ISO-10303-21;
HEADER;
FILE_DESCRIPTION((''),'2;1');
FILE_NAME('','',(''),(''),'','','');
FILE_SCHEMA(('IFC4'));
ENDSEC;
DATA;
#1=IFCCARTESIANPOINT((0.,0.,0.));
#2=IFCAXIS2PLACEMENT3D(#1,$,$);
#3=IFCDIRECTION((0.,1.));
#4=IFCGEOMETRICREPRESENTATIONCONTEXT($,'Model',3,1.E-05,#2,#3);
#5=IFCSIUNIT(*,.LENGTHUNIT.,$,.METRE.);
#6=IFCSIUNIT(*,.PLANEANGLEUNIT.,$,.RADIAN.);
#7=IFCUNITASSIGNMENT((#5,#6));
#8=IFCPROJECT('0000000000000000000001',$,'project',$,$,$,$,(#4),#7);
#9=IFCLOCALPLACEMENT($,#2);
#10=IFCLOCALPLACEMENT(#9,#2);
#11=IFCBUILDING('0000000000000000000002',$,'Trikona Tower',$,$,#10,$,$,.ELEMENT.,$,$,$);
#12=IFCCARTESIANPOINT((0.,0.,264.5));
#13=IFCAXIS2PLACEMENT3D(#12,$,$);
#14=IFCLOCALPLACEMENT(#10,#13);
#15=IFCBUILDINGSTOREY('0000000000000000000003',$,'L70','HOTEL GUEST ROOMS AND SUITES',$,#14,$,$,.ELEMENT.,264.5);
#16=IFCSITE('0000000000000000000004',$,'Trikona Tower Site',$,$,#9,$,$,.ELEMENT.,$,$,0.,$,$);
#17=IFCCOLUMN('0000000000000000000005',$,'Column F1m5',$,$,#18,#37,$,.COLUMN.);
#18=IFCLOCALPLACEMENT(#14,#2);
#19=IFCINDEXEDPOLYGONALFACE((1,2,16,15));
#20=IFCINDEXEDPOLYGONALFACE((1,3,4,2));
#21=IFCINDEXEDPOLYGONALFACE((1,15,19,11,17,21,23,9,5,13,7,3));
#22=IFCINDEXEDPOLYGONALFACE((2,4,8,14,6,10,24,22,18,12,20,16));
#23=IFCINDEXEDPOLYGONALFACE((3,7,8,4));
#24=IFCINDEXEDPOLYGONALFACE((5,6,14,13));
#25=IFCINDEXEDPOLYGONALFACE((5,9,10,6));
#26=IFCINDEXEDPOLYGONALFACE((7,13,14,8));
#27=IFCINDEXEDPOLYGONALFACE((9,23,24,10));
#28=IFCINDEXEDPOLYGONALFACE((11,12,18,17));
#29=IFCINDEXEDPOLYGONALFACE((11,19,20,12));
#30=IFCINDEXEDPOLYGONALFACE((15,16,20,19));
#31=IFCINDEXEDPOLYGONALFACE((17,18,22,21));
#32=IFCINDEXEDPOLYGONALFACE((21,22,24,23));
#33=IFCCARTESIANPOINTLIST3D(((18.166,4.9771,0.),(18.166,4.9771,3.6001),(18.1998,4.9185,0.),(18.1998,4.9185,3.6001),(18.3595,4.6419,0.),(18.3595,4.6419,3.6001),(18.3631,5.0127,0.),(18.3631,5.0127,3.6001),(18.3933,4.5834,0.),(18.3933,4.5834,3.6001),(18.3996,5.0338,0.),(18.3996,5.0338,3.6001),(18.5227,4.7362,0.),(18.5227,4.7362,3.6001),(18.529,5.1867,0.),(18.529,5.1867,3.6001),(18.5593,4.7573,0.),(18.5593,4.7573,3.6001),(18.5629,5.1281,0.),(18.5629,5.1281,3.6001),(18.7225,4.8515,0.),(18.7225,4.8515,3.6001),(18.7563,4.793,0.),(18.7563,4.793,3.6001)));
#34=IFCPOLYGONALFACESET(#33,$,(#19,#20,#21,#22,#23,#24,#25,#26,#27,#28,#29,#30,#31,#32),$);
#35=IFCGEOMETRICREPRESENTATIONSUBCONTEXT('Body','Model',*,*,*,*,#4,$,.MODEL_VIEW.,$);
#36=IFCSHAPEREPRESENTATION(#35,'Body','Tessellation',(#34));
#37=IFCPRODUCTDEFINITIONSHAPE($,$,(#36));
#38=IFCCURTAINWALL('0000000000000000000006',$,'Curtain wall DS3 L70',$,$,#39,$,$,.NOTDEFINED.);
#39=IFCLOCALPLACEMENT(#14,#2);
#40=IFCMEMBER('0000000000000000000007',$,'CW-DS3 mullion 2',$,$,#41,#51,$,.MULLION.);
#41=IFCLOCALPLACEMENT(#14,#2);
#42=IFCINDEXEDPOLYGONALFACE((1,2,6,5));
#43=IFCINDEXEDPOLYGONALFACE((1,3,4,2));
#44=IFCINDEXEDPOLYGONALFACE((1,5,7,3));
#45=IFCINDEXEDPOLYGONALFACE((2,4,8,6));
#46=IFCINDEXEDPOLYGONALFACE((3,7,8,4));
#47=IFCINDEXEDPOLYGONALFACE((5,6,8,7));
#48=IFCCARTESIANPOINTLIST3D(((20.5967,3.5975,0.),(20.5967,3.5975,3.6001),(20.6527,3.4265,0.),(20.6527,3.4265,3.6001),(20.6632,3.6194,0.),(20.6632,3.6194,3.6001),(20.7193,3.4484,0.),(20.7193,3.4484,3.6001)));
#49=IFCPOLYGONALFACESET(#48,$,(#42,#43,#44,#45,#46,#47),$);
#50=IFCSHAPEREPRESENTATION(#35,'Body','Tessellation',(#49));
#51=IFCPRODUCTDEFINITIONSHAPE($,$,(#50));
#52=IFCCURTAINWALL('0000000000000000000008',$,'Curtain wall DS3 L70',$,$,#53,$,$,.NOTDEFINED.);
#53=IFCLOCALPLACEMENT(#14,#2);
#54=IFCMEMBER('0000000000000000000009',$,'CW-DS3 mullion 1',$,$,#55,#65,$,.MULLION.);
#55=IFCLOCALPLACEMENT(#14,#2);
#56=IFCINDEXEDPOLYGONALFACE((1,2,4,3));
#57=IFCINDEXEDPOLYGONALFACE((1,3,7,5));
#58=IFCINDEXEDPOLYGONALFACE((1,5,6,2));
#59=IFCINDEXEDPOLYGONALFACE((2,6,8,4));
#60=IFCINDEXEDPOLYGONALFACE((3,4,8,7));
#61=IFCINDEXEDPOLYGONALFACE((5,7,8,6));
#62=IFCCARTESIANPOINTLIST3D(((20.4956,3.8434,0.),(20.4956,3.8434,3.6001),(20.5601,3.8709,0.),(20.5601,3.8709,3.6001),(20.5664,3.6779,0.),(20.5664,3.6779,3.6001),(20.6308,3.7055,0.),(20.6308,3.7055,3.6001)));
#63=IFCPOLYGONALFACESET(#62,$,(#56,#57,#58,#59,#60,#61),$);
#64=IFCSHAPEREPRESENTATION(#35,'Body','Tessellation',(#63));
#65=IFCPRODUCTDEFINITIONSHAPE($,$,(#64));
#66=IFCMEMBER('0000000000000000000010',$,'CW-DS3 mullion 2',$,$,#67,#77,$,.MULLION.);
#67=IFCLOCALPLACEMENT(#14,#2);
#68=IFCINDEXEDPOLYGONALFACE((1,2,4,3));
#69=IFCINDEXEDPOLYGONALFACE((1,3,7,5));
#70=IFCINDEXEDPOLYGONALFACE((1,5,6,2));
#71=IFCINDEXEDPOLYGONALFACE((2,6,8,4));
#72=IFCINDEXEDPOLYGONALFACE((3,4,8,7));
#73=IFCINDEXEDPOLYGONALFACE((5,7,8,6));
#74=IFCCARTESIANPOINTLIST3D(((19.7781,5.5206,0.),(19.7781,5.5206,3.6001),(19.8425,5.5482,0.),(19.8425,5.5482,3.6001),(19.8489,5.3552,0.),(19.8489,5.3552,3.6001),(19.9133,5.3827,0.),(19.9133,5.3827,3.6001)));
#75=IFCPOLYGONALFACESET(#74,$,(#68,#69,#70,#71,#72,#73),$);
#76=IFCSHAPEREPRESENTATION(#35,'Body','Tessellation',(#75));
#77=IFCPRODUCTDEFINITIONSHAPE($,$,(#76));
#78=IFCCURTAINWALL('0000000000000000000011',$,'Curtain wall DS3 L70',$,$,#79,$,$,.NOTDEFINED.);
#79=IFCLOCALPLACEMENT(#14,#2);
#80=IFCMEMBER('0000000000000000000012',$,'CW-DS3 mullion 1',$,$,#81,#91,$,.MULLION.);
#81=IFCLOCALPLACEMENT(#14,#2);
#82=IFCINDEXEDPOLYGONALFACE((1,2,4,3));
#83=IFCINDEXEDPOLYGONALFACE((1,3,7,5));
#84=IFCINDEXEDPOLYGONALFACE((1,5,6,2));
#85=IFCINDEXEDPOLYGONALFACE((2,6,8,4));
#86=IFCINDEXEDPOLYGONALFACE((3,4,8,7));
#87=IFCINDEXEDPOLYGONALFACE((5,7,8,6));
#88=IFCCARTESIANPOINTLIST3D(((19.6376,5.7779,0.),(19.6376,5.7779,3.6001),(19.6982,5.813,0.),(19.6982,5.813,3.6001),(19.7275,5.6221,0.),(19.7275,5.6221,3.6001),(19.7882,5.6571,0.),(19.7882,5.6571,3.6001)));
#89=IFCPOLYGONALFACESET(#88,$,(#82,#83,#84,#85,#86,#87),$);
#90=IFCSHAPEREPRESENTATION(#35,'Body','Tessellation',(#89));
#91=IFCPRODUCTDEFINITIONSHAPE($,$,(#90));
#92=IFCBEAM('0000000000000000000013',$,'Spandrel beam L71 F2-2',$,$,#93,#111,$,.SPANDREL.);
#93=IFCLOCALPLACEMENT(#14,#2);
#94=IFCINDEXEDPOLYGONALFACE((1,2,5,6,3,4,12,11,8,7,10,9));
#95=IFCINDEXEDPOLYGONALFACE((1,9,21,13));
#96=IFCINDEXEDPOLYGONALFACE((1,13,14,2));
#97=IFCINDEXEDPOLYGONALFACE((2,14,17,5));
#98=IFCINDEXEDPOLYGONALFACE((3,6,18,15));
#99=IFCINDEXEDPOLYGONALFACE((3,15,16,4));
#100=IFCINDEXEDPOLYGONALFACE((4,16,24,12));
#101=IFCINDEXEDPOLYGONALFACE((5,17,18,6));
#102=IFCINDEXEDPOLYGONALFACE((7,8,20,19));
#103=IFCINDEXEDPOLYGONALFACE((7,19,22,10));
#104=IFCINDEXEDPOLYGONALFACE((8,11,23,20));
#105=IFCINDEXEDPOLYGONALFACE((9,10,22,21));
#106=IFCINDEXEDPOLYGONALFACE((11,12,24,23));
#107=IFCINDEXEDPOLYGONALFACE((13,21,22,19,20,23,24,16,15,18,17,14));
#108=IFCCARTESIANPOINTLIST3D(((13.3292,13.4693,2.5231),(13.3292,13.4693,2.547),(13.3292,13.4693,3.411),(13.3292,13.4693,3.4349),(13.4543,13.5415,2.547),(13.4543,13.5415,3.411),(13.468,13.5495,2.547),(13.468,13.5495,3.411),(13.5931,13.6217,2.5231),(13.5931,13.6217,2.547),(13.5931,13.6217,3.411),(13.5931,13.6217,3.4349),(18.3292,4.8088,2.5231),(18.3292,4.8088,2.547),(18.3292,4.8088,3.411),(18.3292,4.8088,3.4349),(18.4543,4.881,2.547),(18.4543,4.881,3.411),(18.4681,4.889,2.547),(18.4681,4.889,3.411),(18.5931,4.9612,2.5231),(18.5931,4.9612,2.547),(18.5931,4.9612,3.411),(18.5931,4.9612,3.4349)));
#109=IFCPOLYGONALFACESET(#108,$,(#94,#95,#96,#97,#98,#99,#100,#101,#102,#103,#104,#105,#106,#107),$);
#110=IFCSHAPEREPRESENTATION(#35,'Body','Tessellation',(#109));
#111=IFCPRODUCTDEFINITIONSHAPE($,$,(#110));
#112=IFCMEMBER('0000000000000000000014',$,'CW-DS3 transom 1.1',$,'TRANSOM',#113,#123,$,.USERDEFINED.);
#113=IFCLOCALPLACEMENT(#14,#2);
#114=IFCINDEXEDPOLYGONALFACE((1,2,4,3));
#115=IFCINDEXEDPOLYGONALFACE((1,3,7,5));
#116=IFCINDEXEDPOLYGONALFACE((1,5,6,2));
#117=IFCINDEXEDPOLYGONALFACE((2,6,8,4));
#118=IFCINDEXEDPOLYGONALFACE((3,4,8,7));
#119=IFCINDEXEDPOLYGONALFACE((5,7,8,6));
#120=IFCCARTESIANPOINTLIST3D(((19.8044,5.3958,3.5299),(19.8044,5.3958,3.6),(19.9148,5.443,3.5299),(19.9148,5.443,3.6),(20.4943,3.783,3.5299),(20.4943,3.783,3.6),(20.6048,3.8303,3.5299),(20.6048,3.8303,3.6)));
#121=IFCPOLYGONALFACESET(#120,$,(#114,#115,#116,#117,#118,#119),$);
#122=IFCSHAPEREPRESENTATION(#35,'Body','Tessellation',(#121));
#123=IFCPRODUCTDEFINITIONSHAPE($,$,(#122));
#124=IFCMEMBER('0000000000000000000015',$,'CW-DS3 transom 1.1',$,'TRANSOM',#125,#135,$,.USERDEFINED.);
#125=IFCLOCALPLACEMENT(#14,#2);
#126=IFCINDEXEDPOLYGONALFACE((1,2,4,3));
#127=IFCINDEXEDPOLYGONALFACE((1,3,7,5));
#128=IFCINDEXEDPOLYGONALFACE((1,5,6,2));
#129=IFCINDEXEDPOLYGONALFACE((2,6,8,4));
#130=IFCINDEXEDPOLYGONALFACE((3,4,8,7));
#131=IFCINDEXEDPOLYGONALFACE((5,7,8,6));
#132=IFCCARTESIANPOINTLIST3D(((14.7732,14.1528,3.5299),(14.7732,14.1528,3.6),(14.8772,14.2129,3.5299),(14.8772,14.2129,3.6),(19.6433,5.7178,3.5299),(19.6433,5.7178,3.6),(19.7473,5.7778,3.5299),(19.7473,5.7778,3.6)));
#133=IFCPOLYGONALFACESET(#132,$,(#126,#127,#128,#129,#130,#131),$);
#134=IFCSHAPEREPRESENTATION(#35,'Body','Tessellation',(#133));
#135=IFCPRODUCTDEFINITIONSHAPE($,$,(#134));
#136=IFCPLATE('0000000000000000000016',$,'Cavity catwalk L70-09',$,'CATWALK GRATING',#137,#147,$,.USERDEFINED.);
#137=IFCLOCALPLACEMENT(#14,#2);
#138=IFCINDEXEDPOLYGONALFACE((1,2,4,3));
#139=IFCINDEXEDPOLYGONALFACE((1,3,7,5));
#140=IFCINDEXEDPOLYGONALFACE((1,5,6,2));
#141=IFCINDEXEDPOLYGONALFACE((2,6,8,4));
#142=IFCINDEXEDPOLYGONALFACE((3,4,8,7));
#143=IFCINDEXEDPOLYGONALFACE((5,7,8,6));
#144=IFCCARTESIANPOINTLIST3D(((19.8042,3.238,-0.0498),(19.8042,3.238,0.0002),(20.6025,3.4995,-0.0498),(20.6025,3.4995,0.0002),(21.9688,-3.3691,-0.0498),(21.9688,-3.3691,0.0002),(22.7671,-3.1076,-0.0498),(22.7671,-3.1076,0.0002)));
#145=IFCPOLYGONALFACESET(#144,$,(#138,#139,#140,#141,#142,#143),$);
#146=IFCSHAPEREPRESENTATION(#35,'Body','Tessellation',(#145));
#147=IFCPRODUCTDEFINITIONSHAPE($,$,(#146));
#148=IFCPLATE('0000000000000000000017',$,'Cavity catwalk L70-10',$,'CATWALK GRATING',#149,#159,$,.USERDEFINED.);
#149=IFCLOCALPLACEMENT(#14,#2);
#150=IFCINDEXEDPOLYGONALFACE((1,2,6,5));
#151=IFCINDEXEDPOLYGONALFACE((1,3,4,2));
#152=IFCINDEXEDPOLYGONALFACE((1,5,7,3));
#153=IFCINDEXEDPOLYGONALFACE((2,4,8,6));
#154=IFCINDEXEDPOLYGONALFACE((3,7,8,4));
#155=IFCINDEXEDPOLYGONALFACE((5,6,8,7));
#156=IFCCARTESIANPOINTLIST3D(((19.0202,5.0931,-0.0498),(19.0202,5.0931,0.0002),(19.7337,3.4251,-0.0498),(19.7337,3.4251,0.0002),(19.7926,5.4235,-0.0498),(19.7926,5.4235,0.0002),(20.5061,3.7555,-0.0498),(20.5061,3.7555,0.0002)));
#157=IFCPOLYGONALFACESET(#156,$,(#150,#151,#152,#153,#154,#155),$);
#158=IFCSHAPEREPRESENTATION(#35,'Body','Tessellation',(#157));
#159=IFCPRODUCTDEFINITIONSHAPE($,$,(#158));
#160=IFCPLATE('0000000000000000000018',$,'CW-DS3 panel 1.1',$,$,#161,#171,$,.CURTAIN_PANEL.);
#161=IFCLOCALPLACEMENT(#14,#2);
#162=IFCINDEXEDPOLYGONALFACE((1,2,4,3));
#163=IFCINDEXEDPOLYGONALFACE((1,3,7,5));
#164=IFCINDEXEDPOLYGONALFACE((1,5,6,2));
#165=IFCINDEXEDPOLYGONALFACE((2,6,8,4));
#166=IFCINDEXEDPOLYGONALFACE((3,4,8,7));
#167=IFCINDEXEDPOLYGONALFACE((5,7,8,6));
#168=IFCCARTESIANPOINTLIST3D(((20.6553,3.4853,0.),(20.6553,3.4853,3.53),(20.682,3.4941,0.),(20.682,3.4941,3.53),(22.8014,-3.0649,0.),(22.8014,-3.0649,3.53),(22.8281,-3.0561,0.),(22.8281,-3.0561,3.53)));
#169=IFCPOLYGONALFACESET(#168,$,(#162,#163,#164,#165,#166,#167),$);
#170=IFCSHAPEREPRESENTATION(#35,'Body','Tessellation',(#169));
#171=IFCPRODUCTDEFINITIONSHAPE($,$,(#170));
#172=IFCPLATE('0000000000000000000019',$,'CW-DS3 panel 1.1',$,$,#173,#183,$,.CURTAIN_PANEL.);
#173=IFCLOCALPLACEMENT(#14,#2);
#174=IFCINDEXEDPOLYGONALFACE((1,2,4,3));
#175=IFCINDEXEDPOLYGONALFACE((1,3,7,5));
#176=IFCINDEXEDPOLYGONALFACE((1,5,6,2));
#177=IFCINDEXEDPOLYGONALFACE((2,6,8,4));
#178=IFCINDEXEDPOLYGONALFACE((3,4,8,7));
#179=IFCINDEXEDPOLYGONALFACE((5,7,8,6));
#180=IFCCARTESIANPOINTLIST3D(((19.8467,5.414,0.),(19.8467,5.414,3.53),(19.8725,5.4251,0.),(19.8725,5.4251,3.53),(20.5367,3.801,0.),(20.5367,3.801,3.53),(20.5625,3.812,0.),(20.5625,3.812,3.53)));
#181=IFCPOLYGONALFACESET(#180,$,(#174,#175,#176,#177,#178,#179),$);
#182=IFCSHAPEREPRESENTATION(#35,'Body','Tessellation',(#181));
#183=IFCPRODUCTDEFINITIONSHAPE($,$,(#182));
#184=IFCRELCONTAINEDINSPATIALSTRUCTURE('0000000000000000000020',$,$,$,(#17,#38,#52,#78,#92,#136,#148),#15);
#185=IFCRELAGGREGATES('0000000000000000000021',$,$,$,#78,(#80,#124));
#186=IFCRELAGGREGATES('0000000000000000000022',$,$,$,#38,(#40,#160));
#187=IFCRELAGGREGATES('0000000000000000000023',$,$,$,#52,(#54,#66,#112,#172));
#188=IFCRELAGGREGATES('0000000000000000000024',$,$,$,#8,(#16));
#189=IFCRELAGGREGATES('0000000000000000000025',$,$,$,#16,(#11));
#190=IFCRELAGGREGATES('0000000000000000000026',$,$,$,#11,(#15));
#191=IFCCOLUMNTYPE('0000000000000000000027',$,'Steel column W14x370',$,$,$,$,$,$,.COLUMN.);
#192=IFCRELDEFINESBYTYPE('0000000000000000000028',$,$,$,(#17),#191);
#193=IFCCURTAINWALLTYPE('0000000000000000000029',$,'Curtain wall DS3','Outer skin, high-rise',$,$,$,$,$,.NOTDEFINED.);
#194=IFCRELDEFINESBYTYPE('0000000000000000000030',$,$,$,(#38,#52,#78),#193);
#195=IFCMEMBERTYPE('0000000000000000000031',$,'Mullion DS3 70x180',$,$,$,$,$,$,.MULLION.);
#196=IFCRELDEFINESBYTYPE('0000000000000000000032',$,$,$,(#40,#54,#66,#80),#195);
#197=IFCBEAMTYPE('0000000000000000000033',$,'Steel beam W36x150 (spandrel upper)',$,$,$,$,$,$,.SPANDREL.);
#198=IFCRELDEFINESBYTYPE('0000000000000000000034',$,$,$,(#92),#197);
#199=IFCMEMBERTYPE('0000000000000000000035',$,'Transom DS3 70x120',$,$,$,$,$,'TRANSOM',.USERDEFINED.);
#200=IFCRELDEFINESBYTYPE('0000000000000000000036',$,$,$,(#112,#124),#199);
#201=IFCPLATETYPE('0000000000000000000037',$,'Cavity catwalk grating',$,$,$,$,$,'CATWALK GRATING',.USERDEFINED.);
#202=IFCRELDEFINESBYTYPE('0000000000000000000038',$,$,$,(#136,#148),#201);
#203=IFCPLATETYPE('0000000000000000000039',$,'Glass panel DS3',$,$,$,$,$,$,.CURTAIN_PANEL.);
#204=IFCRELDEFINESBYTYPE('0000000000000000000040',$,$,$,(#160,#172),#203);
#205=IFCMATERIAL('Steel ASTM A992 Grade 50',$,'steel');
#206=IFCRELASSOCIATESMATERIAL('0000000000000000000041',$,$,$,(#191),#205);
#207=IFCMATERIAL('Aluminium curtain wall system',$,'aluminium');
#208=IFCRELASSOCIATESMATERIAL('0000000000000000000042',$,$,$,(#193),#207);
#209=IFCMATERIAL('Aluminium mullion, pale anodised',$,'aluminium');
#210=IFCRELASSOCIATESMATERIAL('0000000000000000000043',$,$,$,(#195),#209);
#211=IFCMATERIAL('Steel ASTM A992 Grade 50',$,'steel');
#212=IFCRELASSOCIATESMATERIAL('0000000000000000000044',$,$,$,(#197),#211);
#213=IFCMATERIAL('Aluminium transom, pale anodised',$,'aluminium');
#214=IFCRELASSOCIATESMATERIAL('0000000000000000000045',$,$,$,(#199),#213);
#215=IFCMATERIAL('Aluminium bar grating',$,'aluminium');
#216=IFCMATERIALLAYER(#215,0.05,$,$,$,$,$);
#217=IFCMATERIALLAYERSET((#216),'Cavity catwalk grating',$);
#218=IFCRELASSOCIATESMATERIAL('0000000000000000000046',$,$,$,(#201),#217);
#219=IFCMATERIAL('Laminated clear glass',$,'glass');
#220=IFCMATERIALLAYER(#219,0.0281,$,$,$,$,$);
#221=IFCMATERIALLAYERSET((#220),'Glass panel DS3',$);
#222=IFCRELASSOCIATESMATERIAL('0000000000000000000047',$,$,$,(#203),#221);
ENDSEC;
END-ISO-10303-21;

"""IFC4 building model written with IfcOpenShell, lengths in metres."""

from ifc_helpers import new_model, si_unit, direction, frame, origin, origin_2d, place, context, subcontext, project, spatial, rectangle, i_section, extrude, material, layer, layer_set, material_profile, profile_set, type_object, element, aggregate, save


model = new_model("IFC4")

# Units and contexts
model_context = context("Model", 3, precision=1e-05, world=origin(), true_north=direction((0.0, 1.0)))
body_context = subcontext(model_context, "Body", "Model", "MODEL_VIEW")
ifc_project = project(units=[si_unit("LENGTHUNIT", "METRE"), si_unit("PLANEANGLEUNIT", "RADIAN")], contexts=[model_context])

# Site, building, storey
site_placement = place(None, origin())
site = spatial("IfcSite", under=ifc_project, at=site_placement, Name="Trikona Tower Site", CompositionType="ELEMENT", RefElevation=0.0)
building_placement = place(site_placement, origin())
building = spatial("IfcBuilding", under=site, at=building_placement, Name="Trikona Tower", CompositionType="ELEMENT")
storey_placement = place(building_placement, frame((0.0, 0.0, 264.5)))
storey = spatial("IfcBuildingStorey", under=building, at=storey_placement, Name="L70", Description="HOTEL GUEST ROOMS AND SUITES", CompositionType="ELEMENT", Elevation=264.5)

# Column
ifc_material_1 = material(Name="Steel ASTM A992 Grade 50", Category="steel")
ifc_material_profile_1 = material_profile(ifc_material_1, i_section(OverallWidth=0.4192, OverallDepth=0.4546, WebThickness=0.0422, FlangeThickness=0.0676, at=origin_2d()), Name="W14X370")
ifc_profile_set_1 = profile_set([ifc_material_profile_1], Name="Steel ASTM A992 Grade 50")
column_type = type_object("IfcColumnType", Name="Steel column W14x370", PredefinedType="COLUMN", material=ifc_profile_set_1)
column_placement = place(storey_placement, frame((18.4612, 4.885, 0.0), z_axis=(0.0, 0.0, 1.0), x_axis=(0.866025, 0.5, 0.0)))
element("IfcColumn", 1, at=column_placement, inside=storey, type_object=column_type, Name="Column F1m5", PredefinedType="COLUMN", context=body_context, shape_type="SweptSolid", body=[
    extrude(i_section(OverallWidth=0.4192, OverallDepth=0.4546, WebThickness=0.0422, FlangeThickness=0.0676, at=origin_2d()), origin(), (0.0, 0.0, 1.0), 3.6001),
])

# Curtain wall, member
ifc_material_2 = material(Name="Aluminium curtain wall system", Category="aluminium")
curtain_wall_type = type_object("IfcCurtainWallType", Name="Curtain wall DS3", Description="Outer skin, high-rise", PredefinedType="NOTDEFINED", material=ifc_material_2)
curtain_wall_1_placement = place(storey_placement, origin())
curtain_wall_1 = element("IfcCurtainWall", 2, at=curtain_wall_1_placement, inside=storey, type_object=curtain_wall_type, Name="Curtain wall DS3 L70", PredefinedType="NOTDEFINED")
ifc_material_3 = material(Name="Aluminium mullion, pale anodised", Category="aluminium")
ifc_material_profile_2 = material_profile(ifc_material_3, rectangle(XDim=0.0701, YDim=0.1799, at=origin_2d()), Name="MUL-DS3")
ifc_profile_set_2 = profile_set([ifc_material_profile_2], Name="Aluminium mullion, pale anodised")
member_type_1 = type_object("IfcMemberType", Name="Mullion DS3 70x180", PredefinedType="MULLION", material=ifc_profile_set_2)
member_1_placement = place(storey_placement, frame((20.658, 3.5229, 0.0), z_axis=(0.0, 0.0, 1.0), x_axis=(-0.950297, -0.311344, 0.0)))
member_1 = element("IfcMember", 3, at=member_1_placement, type_object=member_type_1, Name="CW-DS3 mullion 2", PredefinedType="MULLION", context=body_context, shape_type="SweptSolid", body=[
    extrude(rectangle(XDim=0.0701, YDim=0.1799, at=origin_2d()), origin(), (0.0, 0.0, 1.0), 3.6001),
])

# Curtain wall, members
curtain_wall_2_placement = place(storey_placement, origin())
curtain_wall_2 = element("IfcCurtainWall", 4, at=curtain_wall_2_placement, inside=storey, type_object=curtain_wall_type, Name="Curtain wall DS3 L70", PredefinedType="NOTDEFINED")
member_2_placement = place(storey_placement, frame((20.5632, 3.7744, 0.0), z_axis=(0.0, 0.0, 1.0), x_axis=(-0.919421, -0.393276, 0.0)))
member_2 = element("IfcMember", 5, at=member_2_placement, type_object=member_type_1, Name="CW-DS3 mullion 1", PredefinedType="MULLION", context=body_context, shape_type="SweptSolid", body=[
    extrude(rectangle(XDim=0.0701, YDim=0.1799, at=origin_2d()), origin(), (0.0, 0.0, 1.0), 3.6001),
])
member_3_placement = place(storey_placement, frame((19.8457, 5.4517, 0.0), z_axis=(0.0, 0.0, 1.0), x_axis=(-0.919421, -0.393276, 0.0)))
member_3 = element("IfcMember", 6, at=member_3_placement, type_object=member_type_1, Name="CW-DS3 mullion 2", PredefinedType="MULLION", context=body_context, shape_type="SweptSolid", body=[
    extrude(rectangle(XDim=0.0701, YDim=0.1799, at=origin_2d()), origin(), (0.0, 0.0, 1.0), 3.6001),
])

# Curtain wall, member
curtain_wall_3_placement = place(storey_placement, origin())
curtain_wall_3 = element("IfcCurtainWall", 7, at=curtain_wall_3_placement, inside=storey, type_object=curtain_wall_type, Name="Curtain wall DS3 L70", PredefinedType="NOTDEFINED")
member_4_placement = place(storey_placement, frame((19.7129, 5.7175, 0.0), z_axis=(0.0, 0.0, 1.0), x_axis=(-0.866025, -0.500001, 0.0)))
member_4 = element("IfcMember", 8, at=member_4_placement, type_object=member_type_1, Name="CW-DS3 mullion 1", PredefinedType="MULLION", context=body_context, shape_type="SweptSolid", body=[
    extrude(rectangle(XDim=0.0701, YDim=0.1799, at=origin_2d()), origin(), (0.0, 0.0, 1.0), 3.6001),
])

# Beam
ifc_material_4 = material(Name="Steel ASTM A992 Grade 50", Category="steel")
ifc_material_profile_3 = material_profile(ifc_material_4, i_section(OverallWidth=0.3047, OverallDepth=0.9119, WebThickness=0.0159, FlangeThickness=0.0239, at=origin_2d()), Name="W36X150")
ifc_profile_set_3 = profile_set([ifc_material_profile_3], Name="Steel ASTM A992 Grade 50")
beam_type = type_object("IfcBeamType", Name="Steel beam W36x150 (spandrel upper)", PredefinedType="SPANDREL", material=ifc_profile_set_3)
beam_placement = place(storey_placement, frame((18.4612, 4.885, 2.979), z_axis=(-0.499994, 0.866029, 0.0), x_axis=(-0.866029, -0.499994, 0.0)))
element("IfcBeam", 9, at=beam_placement, inside=storey, type_object=beam_type, Name="Spandrel beam L71 F2-2", PredefinedType="SPANDREL", context=body_context, shape_type="SweptSolid", body=[
    extrude(i_section(OverallWidth=0.3047, OverallDepth=0.9119, WebThickness=0.0159, FlangeThickness=0.0239, at=origin_2d()), origin(), (0.0, 0.0, 1.0), 10.0002),
])

# Members
ifc_material_5 = material(Name="Aluminium transom, pale anodised", Category="aluminium")
ifc_material_profile_4 = material_profile(ifc_material_5, rectangle(XDim=0.1201, YDim=0.0701, at=origin_2d()), Name="TRN-DS3")
ifc_profile_set_4 = profile_set([ifc_material_profile_4], Name="Aluminium transom, pale anodised")
member_type_2 = type_object("IfcMemberType", Name="Transom DS3 70x120", ElementType="TRANSOM", PredefinedType="USERDEFINED", material=ifc_profile_set_4)
member_5_placement = place(storey_placement, frame((20.5496, 3.8066, 3.5649), z_axis=(-0.393315, 0.919404, 0.0), x_axis=(-0.919404, -0.393315, 0.0)))
member_5 = element("IfcMember", 10, at=member_5_placement, type_object=member_type_2, Name="CW-DS3 transom 1.1", ObjectType="TRANSOM", PredefinedType="USERDEFINED", context=body_context, shape_type="SweptSolid", body=[
    extrude(rectangle(XDim=0.1201, YDim=0.0701, at=origin_2d()), origin(), (0.0, 0.0, 1.0), 1.7542),
])
member_6_placement = place(storey_placement, frame((19.6953, 5.7478, 3.5649), z_axis=(-0.50001, 0.866019, 0.0), x_axis=(-0.866019, -0.50001, 0.0)))
member_6 = element("IfcMember", 11, at=member_6_placement, type_object=member_type_2, Name="CW-DS3 transom 1.1", ObjectType="TRANSOM", PredefinedType="USERDEFINED", context=body_context, shape_type="SweptSolid", body=[
    extrude(rectangle(XDim=0.1201, YDim=0.0701, at=origin_2d()), origin(), (0.0, 0.0, 1.0), 9.74),
])
aggregate(curtain_wall_3, [member_4, member_6])

# Plates
ifc_material_6 = material(Name="Aluminium bar grating", Category="aluminium")
ifc_layer_1 = layer(ifc_material_6, 0.05)
ifc_layer_set_1 = layer_set([ifc_layer_1], Name="Cavity catwalk grating")
plate_type_1 = type_object("IfcPlateType", Name="Cavity catwalk grating", ElementType="CATWALK GRATING", PredefinedType="USERDEFINED", material=ifc_layer_set_1)
plate_1_placement = place(storey_placement, frame((21.2856, 0.0652, -0.0498), z_axis=(0.0, 0.0, 1.0), x_axis=(-0.311337, 0.9503, 0.0)))
element("IfcPlate", 12, at=plate_1_placement, inside=storey, type_object=plate_type_1, Name="Cavity catwalk L70-09", ObjectType="CATWALK GRATING", PredefinedType="USERDEFINED", context=body_context, shape_type="SweptSolid", body=[
    extrude(rectangle(XDim=6.9526, YDim=0.8401, at=origin_2d()), origin(), (0.0, 0.0, 1.0), 0.05),
])
plate_2_placement = place(storey_placement, frame((19.7632, 4.4243, -0.0498), z_axis=(0.0, 0.0, 1.0), x_axis=(-0.393284, 0.919417, 0.0)))
element("IfcPlate", 13, at=plate_2_placement, inside=storey, type_object=plate_type_1, Name="Cavity catwalk L70-10", ObjectType="CATWALK GRATING", PredefinedType="USERDEFINED", context=body_context, shape_type="SweptSolid", body=[
    extrude(rectangle(XDim=1.8142, YDim=0.8401, at=origin_2d()), origin(), (0.0, 0.0, 1.0), 0.05),
])

# Plates
ifc_material_7 = material(Name="Laminated clear glass", Category="glass")
ifc_layer_2 = layer(ifc_material_7, 0.0281)
ifc_layer_set_2 = layer_set([ifc_layer_2], Name="Glass panel DS3")
plate_type_2 = type_object("IfcPlateType", Name="Glass panel DS3", PredefinedType="CURTAIN_PANEL", material=ifc_layer_set_2)
plate_3_placement = place(storey_placement, frame((21.7417, 0.2146, 0.0), z_axis=(0.0, 0.0, 1.0), x_axis=(-0.311344, 0.950297, 0.0)))
plate_3 = element("IfcPlate", 14, at=plate_3_placement, type_object=plate_type_2, Name="CW-DS3 panel 1.1", PredefinedType="CURTAIN_PANEL", context=body_context, shape_type="SweptSolid", body=[
    extrude(rectangle(XDim=6.8928, YDim=0.0281, at=origin_2d()), origin(), (0.0, 0.0, 1.0), 3.53),
])
aggregate(curtain_wall_1, [member_1, plate_3])
plate_4_placement = place(storey_placement, frame((20.2046, 4.613, 0.0), z_axis=(0.0, 0.0, 1.0), x_axis=(-0.393276, 0.919421, 0.0)))
plate_4 = element("IfcPlate", 15, at=plate_4_placement, type_object=plate_type_2, Name="CW-DS3 panel 1.1", PredefinedType="CURTAIN_PANEL", context=body_context, shape_type="SweptSolid", body=[
    extrude(rectangle(XDim=1.7544, YDim=0.0281, at=origin_2d()), origin(), (0.0, 0.0, 1.0), 3.53),
])
aggregate(curtain_wall_2, [member_2, member_3, member_5, plate_4])

save(model, "model.ifc")
